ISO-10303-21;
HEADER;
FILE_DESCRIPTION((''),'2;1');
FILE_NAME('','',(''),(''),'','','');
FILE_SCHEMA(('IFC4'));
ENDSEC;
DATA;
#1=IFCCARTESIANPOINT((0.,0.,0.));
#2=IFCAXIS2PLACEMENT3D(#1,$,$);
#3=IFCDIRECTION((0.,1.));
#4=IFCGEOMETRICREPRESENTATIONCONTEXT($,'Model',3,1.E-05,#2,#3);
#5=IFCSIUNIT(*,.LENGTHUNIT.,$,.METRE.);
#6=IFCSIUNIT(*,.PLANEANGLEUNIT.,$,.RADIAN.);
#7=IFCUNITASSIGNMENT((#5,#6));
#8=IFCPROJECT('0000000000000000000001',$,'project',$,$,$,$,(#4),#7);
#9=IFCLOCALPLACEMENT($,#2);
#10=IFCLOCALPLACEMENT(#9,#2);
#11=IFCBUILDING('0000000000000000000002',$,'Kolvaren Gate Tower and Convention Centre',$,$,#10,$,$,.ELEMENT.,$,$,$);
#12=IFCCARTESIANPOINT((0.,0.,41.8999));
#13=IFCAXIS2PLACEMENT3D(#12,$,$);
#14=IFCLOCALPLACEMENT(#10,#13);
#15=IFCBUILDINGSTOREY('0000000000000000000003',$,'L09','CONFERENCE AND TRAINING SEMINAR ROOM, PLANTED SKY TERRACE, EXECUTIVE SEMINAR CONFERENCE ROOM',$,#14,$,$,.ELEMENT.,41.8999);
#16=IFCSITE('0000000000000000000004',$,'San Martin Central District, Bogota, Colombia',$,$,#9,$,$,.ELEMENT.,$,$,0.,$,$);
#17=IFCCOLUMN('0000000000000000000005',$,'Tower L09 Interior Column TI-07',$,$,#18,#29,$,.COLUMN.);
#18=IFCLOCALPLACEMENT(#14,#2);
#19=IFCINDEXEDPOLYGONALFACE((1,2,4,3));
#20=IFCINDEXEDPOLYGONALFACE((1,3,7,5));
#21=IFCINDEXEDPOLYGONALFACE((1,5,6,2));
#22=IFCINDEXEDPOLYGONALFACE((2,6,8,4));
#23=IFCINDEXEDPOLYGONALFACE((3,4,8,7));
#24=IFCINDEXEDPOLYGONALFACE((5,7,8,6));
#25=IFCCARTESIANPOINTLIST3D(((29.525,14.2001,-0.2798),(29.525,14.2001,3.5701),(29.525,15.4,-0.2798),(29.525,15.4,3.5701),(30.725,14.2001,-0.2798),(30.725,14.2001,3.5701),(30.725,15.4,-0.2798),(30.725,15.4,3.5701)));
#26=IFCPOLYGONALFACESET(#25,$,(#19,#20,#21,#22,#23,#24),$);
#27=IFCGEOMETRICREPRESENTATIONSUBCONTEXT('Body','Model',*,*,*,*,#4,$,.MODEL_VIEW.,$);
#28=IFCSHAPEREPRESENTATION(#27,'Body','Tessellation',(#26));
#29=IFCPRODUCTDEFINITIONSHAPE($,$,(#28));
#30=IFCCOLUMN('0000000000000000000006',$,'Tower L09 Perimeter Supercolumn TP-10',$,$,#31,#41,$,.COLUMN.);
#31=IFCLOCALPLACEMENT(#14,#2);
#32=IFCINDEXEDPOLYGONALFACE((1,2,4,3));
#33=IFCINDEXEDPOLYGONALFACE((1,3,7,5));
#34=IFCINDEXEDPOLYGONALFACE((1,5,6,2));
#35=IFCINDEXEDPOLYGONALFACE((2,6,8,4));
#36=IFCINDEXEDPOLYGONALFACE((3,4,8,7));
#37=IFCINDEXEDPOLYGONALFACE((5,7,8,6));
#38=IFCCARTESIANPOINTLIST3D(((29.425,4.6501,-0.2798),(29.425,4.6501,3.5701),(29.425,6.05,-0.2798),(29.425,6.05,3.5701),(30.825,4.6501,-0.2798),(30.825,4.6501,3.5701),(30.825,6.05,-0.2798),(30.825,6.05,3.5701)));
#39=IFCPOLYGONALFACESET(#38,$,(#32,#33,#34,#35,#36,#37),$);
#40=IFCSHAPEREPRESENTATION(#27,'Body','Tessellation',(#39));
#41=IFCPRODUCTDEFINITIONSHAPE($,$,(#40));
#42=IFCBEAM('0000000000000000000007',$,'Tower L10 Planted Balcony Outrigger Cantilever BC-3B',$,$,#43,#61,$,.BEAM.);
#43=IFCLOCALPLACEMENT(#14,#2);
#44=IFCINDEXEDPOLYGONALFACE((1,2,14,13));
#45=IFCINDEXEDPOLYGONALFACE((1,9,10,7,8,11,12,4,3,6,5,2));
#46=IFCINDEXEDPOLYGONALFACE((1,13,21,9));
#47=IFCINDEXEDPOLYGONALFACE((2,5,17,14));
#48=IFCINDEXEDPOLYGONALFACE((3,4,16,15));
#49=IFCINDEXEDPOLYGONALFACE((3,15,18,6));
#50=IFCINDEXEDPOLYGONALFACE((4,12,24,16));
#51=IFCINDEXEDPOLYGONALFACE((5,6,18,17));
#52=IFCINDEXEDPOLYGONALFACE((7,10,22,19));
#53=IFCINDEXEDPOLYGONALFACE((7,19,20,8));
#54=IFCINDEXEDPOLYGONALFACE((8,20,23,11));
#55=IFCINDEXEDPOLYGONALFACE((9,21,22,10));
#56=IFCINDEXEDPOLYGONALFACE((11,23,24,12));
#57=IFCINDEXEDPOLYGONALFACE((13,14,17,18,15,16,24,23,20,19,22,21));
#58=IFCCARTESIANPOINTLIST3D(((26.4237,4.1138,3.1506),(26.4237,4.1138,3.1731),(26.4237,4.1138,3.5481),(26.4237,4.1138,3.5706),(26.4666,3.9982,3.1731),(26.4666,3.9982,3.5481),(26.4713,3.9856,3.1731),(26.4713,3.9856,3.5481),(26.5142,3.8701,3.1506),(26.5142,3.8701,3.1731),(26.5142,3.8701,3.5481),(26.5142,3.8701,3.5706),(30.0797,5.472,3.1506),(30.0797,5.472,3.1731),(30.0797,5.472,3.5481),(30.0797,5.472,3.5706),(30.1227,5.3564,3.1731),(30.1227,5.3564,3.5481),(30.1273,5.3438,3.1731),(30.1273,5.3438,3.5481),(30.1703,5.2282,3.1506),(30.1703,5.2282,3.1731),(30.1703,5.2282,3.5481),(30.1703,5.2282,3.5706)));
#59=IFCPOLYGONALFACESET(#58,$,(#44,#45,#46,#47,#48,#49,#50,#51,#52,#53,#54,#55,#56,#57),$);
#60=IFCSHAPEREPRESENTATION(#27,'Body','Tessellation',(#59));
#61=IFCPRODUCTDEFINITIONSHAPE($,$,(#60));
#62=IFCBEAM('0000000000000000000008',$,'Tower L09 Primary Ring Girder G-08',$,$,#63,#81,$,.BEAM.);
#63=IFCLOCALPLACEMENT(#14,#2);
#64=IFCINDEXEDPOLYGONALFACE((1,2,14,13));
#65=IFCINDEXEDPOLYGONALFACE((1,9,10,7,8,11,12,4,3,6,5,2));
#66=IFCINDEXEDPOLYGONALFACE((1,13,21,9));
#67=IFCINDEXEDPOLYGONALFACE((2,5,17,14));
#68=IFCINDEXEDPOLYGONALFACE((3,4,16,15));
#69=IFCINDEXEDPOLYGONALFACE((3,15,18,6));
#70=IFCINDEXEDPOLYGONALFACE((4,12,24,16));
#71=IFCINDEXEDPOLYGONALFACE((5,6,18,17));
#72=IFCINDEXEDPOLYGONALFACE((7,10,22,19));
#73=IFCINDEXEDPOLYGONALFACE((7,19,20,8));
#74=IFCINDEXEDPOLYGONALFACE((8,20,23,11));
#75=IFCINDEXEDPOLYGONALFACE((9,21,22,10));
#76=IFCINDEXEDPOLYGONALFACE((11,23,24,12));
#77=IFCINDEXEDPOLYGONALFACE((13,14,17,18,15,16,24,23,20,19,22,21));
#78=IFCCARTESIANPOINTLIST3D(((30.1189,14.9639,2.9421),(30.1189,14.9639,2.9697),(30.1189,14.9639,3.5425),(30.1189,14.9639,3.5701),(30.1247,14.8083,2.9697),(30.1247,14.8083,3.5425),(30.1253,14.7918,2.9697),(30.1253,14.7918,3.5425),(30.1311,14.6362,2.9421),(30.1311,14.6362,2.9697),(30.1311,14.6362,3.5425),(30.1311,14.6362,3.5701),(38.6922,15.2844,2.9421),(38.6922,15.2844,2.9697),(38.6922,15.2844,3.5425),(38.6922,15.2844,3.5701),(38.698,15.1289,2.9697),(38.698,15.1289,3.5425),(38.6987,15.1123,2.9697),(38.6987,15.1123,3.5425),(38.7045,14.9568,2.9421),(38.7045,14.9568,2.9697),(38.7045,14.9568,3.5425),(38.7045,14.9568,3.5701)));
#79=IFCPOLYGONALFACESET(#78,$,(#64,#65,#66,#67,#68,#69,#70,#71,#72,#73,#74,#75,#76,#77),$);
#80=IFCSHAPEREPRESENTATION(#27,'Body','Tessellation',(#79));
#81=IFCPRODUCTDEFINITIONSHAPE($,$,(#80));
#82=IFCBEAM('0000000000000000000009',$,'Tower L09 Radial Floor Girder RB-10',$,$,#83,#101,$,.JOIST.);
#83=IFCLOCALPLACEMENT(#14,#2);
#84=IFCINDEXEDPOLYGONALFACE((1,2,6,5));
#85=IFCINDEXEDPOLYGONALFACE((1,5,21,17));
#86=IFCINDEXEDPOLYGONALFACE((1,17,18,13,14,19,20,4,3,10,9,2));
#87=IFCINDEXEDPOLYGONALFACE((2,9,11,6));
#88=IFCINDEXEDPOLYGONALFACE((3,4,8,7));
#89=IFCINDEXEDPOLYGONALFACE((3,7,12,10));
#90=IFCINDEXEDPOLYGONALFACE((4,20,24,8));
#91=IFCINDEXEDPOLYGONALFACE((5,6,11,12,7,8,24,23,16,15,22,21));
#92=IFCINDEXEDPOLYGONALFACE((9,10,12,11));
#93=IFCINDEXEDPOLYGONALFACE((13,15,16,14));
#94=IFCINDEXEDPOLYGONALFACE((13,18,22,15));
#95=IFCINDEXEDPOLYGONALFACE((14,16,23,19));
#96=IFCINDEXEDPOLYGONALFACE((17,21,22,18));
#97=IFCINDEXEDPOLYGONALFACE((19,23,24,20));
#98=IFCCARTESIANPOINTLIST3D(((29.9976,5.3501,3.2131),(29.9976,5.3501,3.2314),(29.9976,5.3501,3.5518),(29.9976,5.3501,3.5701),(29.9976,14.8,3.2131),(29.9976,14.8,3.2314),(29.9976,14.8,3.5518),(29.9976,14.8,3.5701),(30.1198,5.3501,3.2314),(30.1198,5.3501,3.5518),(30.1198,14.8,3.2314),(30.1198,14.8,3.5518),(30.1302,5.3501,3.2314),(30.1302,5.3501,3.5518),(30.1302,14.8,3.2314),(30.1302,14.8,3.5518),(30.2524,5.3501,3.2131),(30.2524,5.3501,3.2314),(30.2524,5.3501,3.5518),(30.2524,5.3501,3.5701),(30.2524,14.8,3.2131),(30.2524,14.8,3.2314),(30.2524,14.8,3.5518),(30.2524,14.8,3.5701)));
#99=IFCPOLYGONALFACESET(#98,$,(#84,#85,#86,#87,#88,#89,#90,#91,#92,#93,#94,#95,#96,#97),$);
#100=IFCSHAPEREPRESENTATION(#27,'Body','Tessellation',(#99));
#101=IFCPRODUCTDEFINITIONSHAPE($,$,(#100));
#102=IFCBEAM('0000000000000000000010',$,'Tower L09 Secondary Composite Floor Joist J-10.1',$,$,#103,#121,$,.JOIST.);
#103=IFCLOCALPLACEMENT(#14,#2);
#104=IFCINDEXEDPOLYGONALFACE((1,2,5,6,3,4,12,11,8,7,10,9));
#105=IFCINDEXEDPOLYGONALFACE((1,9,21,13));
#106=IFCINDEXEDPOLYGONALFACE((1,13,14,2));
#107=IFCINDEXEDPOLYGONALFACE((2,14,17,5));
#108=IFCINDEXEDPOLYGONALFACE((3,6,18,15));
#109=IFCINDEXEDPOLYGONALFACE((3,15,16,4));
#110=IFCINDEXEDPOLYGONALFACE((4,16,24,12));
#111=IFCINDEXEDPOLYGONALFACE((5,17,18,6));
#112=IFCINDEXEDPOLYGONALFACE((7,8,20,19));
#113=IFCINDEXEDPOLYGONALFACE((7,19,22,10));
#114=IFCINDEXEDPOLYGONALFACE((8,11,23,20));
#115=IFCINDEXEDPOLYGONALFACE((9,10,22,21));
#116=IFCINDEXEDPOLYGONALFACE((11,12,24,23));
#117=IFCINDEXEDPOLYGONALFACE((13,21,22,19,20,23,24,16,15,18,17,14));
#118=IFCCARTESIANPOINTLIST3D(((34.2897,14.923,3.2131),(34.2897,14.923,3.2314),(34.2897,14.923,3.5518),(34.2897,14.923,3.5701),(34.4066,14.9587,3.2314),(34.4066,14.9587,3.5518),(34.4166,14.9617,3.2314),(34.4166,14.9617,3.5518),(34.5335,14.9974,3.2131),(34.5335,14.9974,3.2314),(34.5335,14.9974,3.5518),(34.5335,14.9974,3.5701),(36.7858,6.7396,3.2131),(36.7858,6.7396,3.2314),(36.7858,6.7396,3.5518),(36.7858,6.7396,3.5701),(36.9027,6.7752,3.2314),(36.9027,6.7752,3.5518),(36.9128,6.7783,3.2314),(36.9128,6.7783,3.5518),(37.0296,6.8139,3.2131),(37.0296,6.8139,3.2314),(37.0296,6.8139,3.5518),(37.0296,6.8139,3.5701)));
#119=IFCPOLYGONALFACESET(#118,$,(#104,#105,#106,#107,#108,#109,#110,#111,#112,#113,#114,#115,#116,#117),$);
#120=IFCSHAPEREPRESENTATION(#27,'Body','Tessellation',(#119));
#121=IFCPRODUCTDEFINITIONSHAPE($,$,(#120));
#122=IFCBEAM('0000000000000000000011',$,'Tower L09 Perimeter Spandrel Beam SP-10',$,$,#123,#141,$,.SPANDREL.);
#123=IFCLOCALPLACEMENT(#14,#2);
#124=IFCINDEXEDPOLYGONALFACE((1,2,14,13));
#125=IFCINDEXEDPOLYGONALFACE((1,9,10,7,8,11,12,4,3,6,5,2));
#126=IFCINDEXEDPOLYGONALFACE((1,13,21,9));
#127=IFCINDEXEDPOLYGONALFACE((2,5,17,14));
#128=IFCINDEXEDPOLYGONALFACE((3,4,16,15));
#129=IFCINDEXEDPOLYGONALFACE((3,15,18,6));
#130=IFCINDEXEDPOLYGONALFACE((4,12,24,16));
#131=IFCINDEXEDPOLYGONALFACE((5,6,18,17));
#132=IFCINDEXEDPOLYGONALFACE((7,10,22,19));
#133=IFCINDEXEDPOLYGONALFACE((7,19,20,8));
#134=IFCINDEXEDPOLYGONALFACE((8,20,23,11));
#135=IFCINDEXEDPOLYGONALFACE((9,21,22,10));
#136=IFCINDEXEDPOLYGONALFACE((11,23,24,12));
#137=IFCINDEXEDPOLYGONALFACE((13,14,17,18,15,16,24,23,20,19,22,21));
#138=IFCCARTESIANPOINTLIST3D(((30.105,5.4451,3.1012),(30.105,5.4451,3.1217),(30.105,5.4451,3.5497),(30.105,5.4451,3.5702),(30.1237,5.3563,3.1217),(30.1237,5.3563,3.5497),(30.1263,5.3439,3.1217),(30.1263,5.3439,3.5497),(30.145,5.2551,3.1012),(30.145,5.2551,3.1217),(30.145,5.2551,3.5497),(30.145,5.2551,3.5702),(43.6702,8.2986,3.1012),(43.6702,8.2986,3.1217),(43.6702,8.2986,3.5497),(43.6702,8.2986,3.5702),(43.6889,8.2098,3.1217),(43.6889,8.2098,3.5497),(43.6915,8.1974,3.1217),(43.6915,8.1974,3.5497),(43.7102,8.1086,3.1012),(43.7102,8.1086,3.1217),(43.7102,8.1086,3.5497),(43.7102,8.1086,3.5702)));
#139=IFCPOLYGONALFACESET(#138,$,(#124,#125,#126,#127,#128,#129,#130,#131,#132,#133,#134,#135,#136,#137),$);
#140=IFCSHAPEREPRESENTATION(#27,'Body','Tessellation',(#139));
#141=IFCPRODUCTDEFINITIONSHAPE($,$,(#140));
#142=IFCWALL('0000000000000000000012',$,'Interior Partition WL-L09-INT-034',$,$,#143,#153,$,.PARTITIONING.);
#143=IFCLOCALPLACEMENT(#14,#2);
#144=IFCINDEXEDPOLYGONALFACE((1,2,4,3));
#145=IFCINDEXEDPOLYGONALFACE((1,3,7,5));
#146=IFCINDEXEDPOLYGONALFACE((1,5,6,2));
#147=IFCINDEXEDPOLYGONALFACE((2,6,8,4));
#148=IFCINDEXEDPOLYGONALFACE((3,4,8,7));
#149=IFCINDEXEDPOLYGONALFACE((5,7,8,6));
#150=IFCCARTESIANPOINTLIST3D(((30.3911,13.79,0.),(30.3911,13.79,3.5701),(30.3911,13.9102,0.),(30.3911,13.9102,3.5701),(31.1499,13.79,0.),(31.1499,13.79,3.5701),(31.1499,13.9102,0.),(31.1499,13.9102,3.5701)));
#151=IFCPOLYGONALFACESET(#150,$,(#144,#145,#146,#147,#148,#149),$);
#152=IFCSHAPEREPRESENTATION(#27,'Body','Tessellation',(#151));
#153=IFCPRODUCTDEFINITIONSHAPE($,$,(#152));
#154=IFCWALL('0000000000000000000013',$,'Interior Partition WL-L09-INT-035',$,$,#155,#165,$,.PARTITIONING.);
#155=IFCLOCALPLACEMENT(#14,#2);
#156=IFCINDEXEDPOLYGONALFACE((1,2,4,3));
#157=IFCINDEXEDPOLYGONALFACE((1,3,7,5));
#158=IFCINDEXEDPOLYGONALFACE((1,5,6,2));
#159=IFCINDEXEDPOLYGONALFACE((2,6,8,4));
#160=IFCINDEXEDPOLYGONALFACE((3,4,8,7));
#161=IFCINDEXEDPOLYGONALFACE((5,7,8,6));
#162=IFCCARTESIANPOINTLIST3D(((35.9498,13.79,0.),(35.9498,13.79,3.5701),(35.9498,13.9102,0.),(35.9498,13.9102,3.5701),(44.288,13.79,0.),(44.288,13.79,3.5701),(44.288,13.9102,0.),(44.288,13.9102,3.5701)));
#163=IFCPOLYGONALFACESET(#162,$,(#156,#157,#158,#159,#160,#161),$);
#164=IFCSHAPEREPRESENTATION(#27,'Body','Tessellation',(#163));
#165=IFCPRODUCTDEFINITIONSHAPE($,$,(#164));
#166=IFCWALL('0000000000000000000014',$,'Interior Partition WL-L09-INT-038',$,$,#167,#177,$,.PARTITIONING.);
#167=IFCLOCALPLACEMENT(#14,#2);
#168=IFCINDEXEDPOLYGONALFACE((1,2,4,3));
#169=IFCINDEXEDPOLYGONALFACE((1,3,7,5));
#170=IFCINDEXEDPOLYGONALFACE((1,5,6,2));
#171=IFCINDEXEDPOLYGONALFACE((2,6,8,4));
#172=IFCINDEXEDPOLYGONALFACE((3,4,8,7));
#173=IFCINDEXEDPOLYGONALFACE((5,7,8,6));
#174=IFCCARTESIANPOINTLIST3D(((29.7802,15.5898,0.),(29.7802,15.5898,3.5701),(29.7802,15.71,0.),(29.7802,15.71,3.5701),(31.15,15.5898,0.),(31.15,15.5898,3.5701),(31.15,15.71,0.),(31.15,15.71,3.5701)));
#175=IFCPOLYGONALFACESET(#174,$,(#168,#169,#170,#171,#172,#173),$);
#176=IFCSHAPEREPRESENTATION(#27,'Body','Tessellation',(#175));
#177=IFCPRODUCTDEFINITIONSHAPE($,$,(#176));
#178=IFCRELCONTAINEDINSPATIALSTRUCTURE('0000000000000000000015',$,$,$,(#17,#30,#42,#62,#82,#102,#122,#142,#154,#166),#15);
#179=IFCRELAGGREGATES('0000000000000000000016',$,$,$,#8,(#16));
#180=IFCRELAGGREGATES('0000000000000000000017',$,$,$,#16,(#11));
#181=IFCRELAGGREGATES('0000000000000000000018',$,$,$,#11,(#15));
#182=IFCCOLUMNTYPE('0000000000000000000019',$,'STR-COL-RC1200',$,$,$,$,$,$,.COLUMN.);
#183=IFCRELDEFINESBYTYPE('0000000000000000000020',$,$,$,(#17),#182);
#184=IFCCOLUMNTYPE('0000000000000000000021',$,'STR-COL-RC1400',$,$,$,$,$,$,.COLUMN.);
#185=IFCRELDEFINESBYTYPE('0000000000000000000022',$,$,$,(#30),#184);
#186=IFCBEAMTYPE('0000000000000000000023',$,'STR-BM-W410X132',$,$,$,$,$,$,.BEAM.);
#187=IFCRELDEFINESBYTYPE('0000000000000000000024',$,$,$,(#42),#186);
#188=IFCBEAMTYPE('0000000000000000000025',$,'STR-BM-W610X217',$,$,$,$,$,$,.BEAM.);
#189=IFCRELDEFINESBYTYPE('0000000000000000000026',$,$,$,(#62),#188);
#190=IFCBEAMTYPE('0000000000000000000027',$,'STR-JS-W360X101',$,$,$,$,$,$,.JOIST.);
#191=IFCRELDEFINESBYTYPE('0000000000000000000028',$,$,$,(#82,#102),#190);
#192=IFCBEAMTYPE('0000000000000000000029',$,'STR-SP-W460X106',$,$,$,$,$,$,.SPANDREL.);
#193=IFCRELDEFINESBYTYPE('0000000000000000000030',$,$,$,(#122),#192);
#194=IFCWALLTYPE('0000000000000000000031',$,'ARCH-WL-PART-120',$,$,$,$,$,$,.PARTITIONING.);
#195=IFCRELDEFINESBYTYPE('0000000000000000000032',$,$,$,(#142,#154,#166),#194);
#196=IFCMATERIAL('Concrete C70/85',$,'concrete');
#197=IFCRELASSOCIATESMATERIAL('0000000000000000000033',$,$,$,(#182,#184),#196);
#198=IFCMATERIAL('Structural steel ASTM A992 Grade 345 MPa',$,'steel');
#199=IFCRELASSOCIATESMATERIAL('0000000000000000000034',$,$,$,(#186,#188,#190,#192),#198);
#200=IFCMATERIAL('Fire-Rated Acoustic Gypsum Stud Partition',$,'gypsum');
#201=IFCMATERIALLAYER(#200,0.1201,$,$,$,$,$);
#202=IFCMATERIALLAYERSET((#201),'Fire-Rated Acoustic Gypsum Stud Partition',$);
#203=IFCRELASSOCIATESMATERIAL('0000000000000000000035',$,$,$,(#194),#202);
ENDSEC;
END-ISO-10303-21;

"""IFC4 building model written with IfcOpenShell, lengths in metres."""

from ifc_helpers import new_model, si_unit, direction, frame, frame_2d, origin, origin_2d, place, context, subcontext, project, spatial, rectangle, i_section, extrude, material, layer, layer_set, material_profile, profile_set, type_object, element, save


model = new_model("IFC4")

# Units and contexts
model_context = context("Model", 3, precision=1e-05, world=origin(), true_north=direction((0.0, 1.0)))
body_context = subcontext(model_context, "Body", "Model", "MODEL_VIEW")
ifc_project = project(units=[si_unit("LENGTHUNIT", "METRE"), si_unit("PLANEANGLEUNIT", "RADIAN")], contexts=[model_context])

# Site, building, storey
site_placement = place(None, origin())
site = spatial("IfcSite", under=ifc_project, at=site_placement, Name="San Martin Central District, Bogota, Colombia", CompositionType="ELEMENT", RefElevation=0.0)
building_placement = place(site_placement, origin())
building = spatial("IfcBuilding", under=site, at=building_placement, Name="Kolvaren Gate Tower and Convention Centre", CompositionType="ELEMENT")
storey_placement = place(building_placement, frame((0.0, 0.0, 41.8999)))
storey = spatial("IfcBuildingStorey", under=building, at=storey_placement, Name="L09", Description="CONFERENCE AND TRAINING SEMINAR ROOM, PLANTED SKY TERRACE, EXECUTIVE SEMINAR CONFERENCE ROOM", CompositionType="ELEMENT", Elevation=41.8999)

# Columns
ifc_material_1 = material(Name="Concrete C70/85", Category="concrete")
ifc_material_profile_1 = material_profile(ifc_material_1, rectangle(XDim=1.2, YDim=1.2, at=origin_2d()), Name="RC-COL-1200X1200")
ifc_profile_set_1 = profile_set([ifc_material_profile_1], Name="Concrete C70/85")
column_type_1 = type_object("IfcColumnType", Name="STR-COL-RC1200", PredefinedType="COLUMN", material=ifc_profile_set_1)
column_1_placement = place(storey_placement, frame((30.125, 14.8, -0.2798), z_axis=(0.0, 0.0, 1.0), x_axis=(1.0, 0.0, 0.0)))
element("IfcColumn", 1, at=column_1_placement, inside=storey, type_object=column_type_1, Name="Tower L09 Interior Column TI-07", PredefinedType="COLUMN", context=body_context, shape_type="SweptSolid", body=[
    extrude(rectangle(XDim=1.2, YDim=1.2, at=origin_2d()), origin(), (0.0, 0.0, 1.0), 3.8499),
])
ifc_material_profile_2 = material_profile(ifc_material_1, rectangle(XDim=1.3999, YDim=1.3999, at=origin_2d()), Name="RC-COL-1400X1400")
ifc_profile_set_2 = profile_set([ifc_material_profile_2], Name="Concrete C70/85")
column_type_2 = type_object("IfcColumnType", Name="STR-COL-RC1400", PredefinedType="COLUMN", material=ifc_profile_set_2)
column_2_placement = place(storey_placement, frame((30.125, 5.3501, -0.2798), z_axis=(0.0, 0.0, 1.0), x_axis=(1.0, 0.0, 0.0)))
element("IfcColumn", 2, at=column_2_placement, inside=storey, type_object=column_type_2, Name="Tower L09 Perimeter Supercolumn TP-10", PredefinedType="COLUMN", context=body_context, shape_type="SweptSolid", body=[
    extrude(rectangle(XDim=1.3999, YDim=1.3999, at=origin_2d()), origin(), (0.0, 0.0, 1.0), 3.8499),
])

# Beams
ifc_material_2 = material(Name="Structural steel ASTM A992 Grade 345 MPa", Category="steel")
ifc_material_profile_3 = material_profile(ifc_material_2, i_section(OverallWidth=0.26, OverallDepth=0.4199, WebThickness=0.0134, FlangeThickness=0.0225, at=origin_2d()), Name="W410X132")
ifc_profile_set_3 = profile_set([ifc_material_profile_3], Name="Structural steel ASTM A992 Grade 345 MPa")
beam_type_1 = type_object("IfcBeamType", Name="STR-BM-W410X132", PredefinedType="BEAM", material=ifc_profile_set_3)
beam_1_placement = place(storey_placement, frame((30.125, 5.3501, 3.3606), z_axis=(-0.937408, -0.348234, 0.0), x_axis=(0.348234, -0.937408, 0.0)))
element("IfcBeam", 3, at=beam_1_placement, inside=storey, type_object=beam_type_1, Name="Tower L10 Planted Balcony Outrigger Cantilever BC-3B", PredefinedType="BEAM", context=body_context, shape_type="SweptSolid", body=[
    extrude(i_section(OverallWidth=0.26, OverallDepth=0.4199, WebThickness=0.0134, FlangeThickness=0.0225, at=origin_2d()), origin(), (0.0, 0.0, 1.0), 3.9001),
])
ifc_material_profile_4 = material_profile(ifc_material_2, i_section(OverallWidth=0.3279, OverallDepth=0.6279, WebThickness=0.0166, FlangeThickness=0.0276, at=origin_2d()), Name="W610X217")
ifc_profile_set_4 = profile_set([ifc_material_profile_4], Name="Structural steel ASTM A992 Grade 345 MPa")
beam_type_2 = type_object("IfcBeamType", Name="STR-BM-W610X217", PredefinedType="BEAM", material=ifc_profile_set_4)
beam_2_placement = place(storey_placement, frame((30.125, 14.8, 3.2561), z_axis=(0.999302, 0.037364, 0.0), x_axis=(-0.037364, 0.999302, 0.0)))
element("IfcBeam", 4, at=beam_2_placement, inside=storey, type_object=beam_type_2, Name="Tower L09 Primary Ring Girder G-08", PredefinedType="BEAM", context=body_context, shape_type="SweptSolid", body=[
    extrude(i_section(OverallWidth=0.3279, OverallDepth=0.6279, WebThickness=0.0166, FlangeThickness=0.0276, at=origin_2d()), origin(), (0.0, 0.0, 1.0), 8.5793),
])
ifc_material_profile_5 = material_profile(ifc_material_2, i_section(OverallWidth=0.2549, OverallDepth=0.3569, WebThickness=0.0105, FlangeThickness=0.0183, at=origin_2d()), Name="W360X101")
ifc_profile_set_5 = profile_set([ifc_material_profile_5], Name="Structural steel ASTM A992 Grade 345 MPa")
beam_type_3 = type_object("IfcBeamType", Name="STR-JS-W360X101", PredefinedType="JOIST", material=ifc_profile_set_5)
beam_3_placement = place(storey_placement, frame((30.125, 14.8, 3.3916), z_axis=(0.0, -1.0, 0.0), x_axis=(1.0, 0.0, 0.0)))
element("IfcBeam", 5, at=beam_3_placement, inside=storey, type_object=beam_type_3, Name="Tower L09 Radial Floor Girder RB-10", PredefinedType="JOIST", context=body_context, shape_type="SweptSolid", body=[
    extrude(i_section(OverallWidth=0.2549, OverallDepth=0.3569, WebThickness=0.0105, FlangeThickness=0.0183, at=origin_2d()), origin(), (0.0, 0.0, 1.0), 9.45),
])
beam_4_placement = place(storey_placement, frame((34.4116, 14.9602, 3.3916), z_axis=(0.291751, -0.956494, 0.0), x_axis=(0.956494, 0.291751, 0.0)))
element("IfcBeam", 6, at=beam_4_placement, inside=storey, type_object=beam_type_3, Name="Tower L09 Secondary Composite Floor Joist J-10.1", PredefinedType="JOIST", context=body_context, shape_type="SweptSolid", body=[
    extrude(i_section(OverallWidth=0.2549, OverallDepth=0.3569, WebThickness=0.0105, FlangeThickness=0.0183, at=origin_2d()), origin(), (0.0, 0.0, 1.0), 8.5557),
])
ifc_material_profile_6 = material_profile(ifc_material_2, i_section(OverallWidth=0.1941, OverallDepth=0.469, WebThickness=0.0127, FlangeThickness=0.0205, at=origin_2d()), Name="W460X106")
ifc_profile_set_6 = profile_set([ifc_material_profile_6], Name="Structural steel ASTM A992 Grade 345 MPa")
beam_type_4 = type_object("IfcBeamType", Name="STR-SP-W460X106", PredefinedType="SPANDREL", material=ifc_profile_set_6)
beam_5_placement = place(storey_placement, frame((30.125, 5.3501, 3.3357), z_axis=(0.978583, 0.205851, 0.0), x_axis=(-0.205851, 0.978583, 0.0)))
element("IfcBeam", 7, at=beam_5_placement, inside=storey, type_object=beam_type_4, Name="Tower L09 Perimeter Spandrel Beam SP-10", PredefinedType="SPANDREL", context=body_context, shape_type="SweptSolid", body=[
    extrude(i_section(OverallWidth=0.1941, OverallDepth=0.469, WebThickness=0.0127, FlangeThickness=0.0205, at=origin_2d()), origin(), (0.0, 0.0, 1.0), 13.8621),
])

# Walls
ifc_material_3 = material(Name="Fire-Rated Acoustic Gypsum Stud Partition", Category="gypsum")
ifc_layer_1 = layer(ifc_material_3, 0.1201)
ifc_layer_set_1 = layer_set([ifc_layer_1], Name="Fire-Rated Acoustic Gypsum Stud Partition")
wall_type_1 = type_object("IfcWallType", Name="ARCH-WL-PART-120", PredefinedType="PARTITIONING", material=ifc_layer_set_1)
wall_1_placement = place(storey_placement, frame((30.3911, 13.8501, 0.0), z_axis=(0.0, 0.0, 1.0), x_axis=(1.0, 0.0, 0.0)))
element("IfcWall", 8, at=wall_1_placement, inside=storey, type_object=wall_type_1, Name="Interior Partition WL-L09-INT-034", PredefinedType="PARTITIONING", context=body_context, shape_type="SweptSolid", body=[
    extrude(rectangle(XDim=0.7588, YDim=0.1201, at=frame_2d((0.3794, 0.0))), origin(), (0.0, 0.0, 1.0), 3.5701),
])
wall_2_placement = place(storey_placement, frame((35.95, 13.8501, 0.0), z_axis=(0.0, 0.0, 1.0), x_axis=(1.0, 0.0, 0.0)))
element("IfcWall", 9, at=wall_2_placement, inside=storey, type_object=wall_type_1, Name="Interior Partition WL-L09-INT-035", PredefinedType="PARTITIONING", context=body_context, shape_type="SweptSolid", body=[
    extrude(rectangle(XDim=8.3381, YDim=0.1201, at=frame_2d((4.1689, 0.0))), origin(), (0.0, 0.0, 1.0), 3.5701),
])
wall_3_placement = place(storey_placement, frame((29.78, 15.6499, 0.0), z_axis=(0.0, 0.0, 1.0), x_axis=(1.0, 0.0, 0.0)))
element("IfcWall", 10, at=wall_3_placement, inside=storey, type_object=wall_type_1, Name="Interior Partition WL-L09-INT-038", PredefinedType="PARTITIONING", context=body_context, shape_type="SweptSolid", body=[
    extrude(rectangle(XDim=1.3699, YDim=0.1201, at=frame_2d((0.6851, 0.0))), origin(), (0.0, 0.0, 1.0), 3.5701),
])

save(model, "model.ifc")
